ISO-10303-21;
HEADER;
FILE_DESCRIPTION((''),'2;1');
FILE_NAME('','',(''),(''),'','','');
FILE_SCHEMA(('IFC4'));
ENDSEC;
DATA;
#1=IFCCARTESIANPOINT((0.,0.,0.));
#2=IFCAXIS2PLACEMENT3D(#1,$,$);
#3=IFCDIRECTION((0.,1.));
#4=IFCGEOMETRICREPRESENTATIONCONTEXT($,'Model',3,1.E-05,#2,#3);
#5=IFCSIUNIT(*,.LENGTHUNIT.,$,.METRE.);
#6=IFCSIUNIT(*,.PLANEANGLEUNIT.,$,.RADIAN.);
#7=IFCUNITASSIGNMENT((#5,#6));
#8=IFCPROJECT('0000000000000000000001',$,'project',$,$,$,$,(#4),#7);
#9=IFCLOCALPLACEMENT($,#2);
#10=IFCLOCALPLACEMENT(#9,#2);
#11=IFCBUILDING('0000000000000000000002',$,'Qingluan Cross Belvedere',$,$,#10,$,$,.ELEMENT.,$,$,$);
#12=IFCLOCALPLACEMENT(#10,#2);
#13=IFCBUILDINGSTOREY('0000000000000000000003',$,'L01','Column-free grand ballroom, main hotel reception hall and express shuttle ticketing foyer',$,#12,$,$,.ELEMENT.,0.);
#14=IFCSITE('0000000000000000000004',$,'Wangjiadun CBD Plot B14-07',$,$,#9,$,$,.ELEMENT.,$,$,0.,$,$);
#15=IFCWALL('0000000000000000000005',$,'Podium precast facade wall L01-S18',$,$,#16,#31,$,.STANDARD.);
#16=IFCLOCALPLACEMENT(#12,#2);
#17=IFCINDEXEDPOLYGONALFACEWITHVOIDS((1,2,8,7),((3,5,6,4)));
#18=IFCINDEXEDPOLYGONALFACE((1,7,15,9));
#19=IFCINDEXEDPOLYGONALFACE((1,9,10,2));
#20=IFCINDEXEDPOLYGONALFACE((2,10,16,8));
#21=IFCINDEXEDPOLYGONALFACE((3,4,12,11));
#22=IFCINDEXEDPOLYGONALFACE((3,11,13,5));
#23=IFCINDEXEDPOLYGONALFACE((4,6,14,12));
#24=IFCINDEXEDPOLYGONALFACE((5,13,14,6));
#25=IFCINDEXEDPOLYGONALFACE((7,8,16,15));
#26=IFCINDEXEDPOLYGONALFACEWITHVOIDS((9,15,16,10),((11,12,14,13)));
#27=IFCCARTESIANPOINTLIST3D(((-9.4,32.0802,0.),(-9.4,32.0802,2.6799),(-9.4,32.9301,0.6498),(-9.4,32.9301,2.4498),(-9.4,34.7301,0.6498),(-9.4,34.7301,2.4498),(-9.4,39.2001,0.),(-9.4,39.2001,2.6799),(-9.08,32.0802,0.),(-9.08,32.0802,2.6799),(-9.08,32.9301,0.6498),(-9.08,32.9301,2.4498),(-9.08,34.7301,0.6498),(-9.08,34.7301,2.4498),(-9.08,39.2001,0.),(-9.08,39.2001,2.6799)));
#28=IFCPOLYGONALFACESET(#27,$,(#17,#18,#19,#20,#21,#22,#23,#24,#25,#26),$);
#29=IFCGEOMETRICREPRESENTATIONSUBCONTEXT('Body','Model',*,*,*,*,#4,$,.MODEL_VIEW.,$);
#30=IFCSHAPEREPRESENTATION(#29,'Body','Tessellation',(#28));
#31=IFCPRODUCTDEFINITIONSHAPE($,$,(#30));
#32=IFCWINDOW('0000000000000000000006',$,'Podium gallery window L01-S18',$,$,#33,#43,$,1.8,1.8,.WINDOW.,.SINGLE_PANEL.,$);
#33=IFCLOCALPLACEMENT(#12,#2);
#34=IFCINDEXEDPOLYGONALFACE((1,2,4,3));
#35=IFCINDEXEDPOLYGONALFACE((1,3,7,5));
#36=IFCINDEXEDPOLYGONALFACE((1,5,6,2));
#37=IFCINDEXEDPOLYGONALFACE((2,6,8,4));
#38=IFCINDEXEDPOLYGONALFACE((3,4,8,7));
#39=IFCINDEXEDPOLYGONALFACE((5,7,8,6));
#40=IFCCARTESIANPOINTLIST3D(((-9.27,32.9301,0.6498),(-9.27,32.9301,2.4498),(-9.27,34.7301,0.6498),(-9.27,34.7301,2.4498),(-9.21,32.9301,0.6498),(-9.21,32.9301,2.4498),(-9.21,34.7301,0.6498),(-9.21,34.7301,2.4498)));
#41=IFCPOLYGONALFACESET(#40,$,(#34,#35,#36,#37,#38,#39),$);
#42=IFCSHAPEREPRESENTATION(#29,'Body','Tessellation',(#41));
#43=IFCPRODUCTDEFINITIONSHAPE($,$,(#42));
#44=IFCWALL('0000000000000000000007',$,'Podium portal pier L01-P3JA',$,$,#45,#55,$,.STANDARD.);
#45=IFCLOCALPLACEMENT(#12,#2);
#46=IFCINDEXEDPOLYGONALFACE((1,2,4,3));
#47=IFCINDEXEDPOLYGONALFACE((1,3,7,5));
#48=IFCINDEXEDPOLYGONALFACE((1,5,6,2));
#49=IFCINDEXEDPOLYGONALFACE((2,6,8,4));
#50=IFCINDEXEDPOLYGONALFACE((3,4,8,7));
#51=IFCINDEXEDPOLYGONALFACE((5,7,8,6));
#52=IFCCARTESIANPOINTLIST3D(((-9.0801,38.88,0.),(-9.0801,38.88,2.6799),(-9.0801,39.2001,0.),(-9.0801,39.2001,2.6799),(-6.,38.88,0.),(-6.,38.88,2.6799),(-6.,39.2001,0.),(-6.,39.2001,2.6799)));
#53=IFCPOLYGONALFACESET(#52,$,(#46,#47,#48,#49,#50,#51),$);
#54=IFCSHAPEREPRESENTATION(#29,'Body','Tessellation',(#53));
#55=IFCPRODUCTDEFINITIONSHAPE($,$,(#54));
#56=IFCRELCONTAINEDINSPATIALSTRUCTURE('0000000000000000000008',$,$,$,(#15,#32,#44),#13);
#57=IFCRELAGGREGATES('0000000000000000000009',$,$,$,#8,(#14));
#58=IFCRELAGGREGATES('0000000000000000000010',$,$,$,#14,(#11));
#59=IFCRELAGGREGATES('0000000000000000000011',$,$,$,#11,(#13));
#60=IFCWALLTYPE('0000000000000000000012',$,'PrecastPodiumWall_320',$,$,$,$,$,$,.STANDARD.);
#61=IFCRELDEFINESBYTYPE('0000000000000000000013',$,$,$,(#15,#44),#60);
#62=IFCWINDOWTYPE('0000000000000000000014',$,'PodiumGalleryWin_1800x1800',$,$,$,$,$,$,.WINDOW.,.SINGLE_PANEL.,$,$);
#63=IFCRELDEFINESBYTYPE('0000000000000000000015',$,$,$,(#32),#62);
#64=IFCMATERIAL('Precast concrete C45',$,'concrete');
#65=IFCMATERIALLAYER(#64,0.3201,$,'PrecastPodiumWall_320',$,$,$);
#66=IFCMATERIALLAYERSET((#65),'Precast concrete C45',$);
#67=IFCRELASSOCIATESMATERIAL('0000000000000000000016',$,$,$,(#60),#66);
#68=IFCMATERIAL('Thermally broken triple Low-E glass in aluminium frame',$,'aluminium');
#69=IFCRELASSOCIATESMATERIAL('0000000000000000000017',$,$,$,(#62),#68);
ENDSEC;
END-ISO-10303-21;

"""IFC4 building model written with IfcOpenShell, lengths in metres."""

from ifc_helpers import new_model, si_unit, direction, frame, frame_2d, origin, place, context, subcontext, project, spatial, rectangle, extrude, material, layer, layer_set, type_object, element, fill, save


model = new_model("IFC4")

# Units and contexts
model_context = context("Model", 3, precision=1e-05, world=origin(), true_north=direction((0.0, 1.0)))
body_context = subcontext(model_context, "Body", "Model", "MODEL_VIEW")
ifc_project = project(units=[si_unit("LENGTHUNIT", "METRE"), si_unit("PLANEANGLEUNIT", "RADIAN")], contexts=[model_context])

# Site, building, storey
site_placement = place(None, origin())
site = spatial("IfcSite", under=ifc_project, at=site_placement, Name="Wangjiadun CBD Plot B14-07", CompositionType="ELEMENT", RefElevation=0.0)
building_placement = place(site_placement, origin())
building = spatial("IfcBuilding", under=site, at=building_placement, Name="Qingluan Cross Belvedere", CompositionType="ELEMENT")
storey_placement = place(building_placement, origin())
storey = spatial("IfcBuildingStorey", under=building, at=storey_placement, Name="L01", Description="Column-free grand ballroom, main hotel reception hall and express shuttle ticketing foyer", CompositionType="ELEMENT", Elevation=0.0)

# Wall, opening, window
ifc_material_1 = material(Name="Precast concrete C45", Category="concrete")
ifc_layer_1 = layer(ifc_material_1, 0.3201, Name="PrecastPodiumWall_320")
ifc_layer_set_1 = layer_set([ifc_layer_1], Name="Precast concrete C45")
wall_type_1 = type_object("IfcWallType", Name="PrecastPodiumWall_320", PredefinedType="STANDARD", material=ifc_layer_set_1)
wall_1_placement = place(storey_placement, frame((-9.24, 32.0801, 0.0), z_axis=(0.0, 0.0, 1.0), x_axis=(0.0, 1.0, 0.0)))
wall_1 = element("IfcWall", 1, at=wall_1_placement, inside=storey, type_object=wall_type_1, Name="Podium precast facade wall L01-S18", PredefinedType="STANDARD", context=body_context, shape_type="SweptSolid", body=[
    extrude(rectangle(XDim=7.1199, YDim=0.3201, at=frame_2d((3.5601, 0.0))), origin(), (0.0, 0.0, 1.0), 2.6799),
])
opening_placement = place(wall_1_placement, frame((0.8501, 0.0, 0.6499)))
opening = element("IfcOpeningElement", 2, at=opening_placement, cuts=wall_1, PredefinedType="OPENING", context=body_context, shape_type="SweptSolid", body=[
    extrude(rectangle(XDim=1.8, YDim=1.8, at=frame_2d((0.8999, 0.8999))), frame((0.0, 0.1699, 0.0), z_axis=(0.0, -1.0, 0.0), x_axis=(1.0, 0.0, 0.0)), (0.0, 0.0, 1.0), 0.3401),
])
ifc_material_2 = material(Name="Thermally broken triple Low-E glass in aluminium frame", Category="aluminium")
window_type = type_object("IfcWindowType", Name="PodiumGalleryWin_1800x1800", PartitioningType="SINGLE_PANEL", PredefinedType="WINDOW", material=ifc_material_2)
window_placement = place(opening_placement, origin())
window = element("IfcWindow", 3, at=window_placement, inside=storey, type_object=window_type, Name="Podium gallery window L01-S18", OverallHeight=1.8, OverallWidth=1.8, PartitioningType="SINGLE_PANEL", PredefinedType="WINDOW", context=body_context, shape_type="SweptSolid", body=[
    extrude(rectangle(XDim=1.8, YDim=1.8, at=frame_2d((0.8999, 0.8999))), frame((0.0, 0.03, 0.0), z_axis=(0.0, -1.0, 0.0), x_axis=(1.0, 0.0, 0.0)), (0.0, 0.0, 1.0), 0.0601),
])
fill(opening, window)

# Wall
wall_2_placement = place(storey_placement, frame((-9.0801, 39.04, 0.0), z_axis=(0.0, 0.0, 1.0), x_axis=(1.0, 0.0, 0.0)))
element("IfcWall", 4, at=wall_2_placement, inside=storey, type_object=wall_type_1, Name="Podium portal pier L01-P3JA", PredefinedType="STANDARD", context=body_context, shape_type="SweptSolid", body=[
    extrude(rectangle(XDim=3.0801, YDim=0.3201, at=frame_2d((1.54, 0.0))), origin(), (0.0, 0.0, 1.0), 2.6799),
])

save(model, "model.ifc")
